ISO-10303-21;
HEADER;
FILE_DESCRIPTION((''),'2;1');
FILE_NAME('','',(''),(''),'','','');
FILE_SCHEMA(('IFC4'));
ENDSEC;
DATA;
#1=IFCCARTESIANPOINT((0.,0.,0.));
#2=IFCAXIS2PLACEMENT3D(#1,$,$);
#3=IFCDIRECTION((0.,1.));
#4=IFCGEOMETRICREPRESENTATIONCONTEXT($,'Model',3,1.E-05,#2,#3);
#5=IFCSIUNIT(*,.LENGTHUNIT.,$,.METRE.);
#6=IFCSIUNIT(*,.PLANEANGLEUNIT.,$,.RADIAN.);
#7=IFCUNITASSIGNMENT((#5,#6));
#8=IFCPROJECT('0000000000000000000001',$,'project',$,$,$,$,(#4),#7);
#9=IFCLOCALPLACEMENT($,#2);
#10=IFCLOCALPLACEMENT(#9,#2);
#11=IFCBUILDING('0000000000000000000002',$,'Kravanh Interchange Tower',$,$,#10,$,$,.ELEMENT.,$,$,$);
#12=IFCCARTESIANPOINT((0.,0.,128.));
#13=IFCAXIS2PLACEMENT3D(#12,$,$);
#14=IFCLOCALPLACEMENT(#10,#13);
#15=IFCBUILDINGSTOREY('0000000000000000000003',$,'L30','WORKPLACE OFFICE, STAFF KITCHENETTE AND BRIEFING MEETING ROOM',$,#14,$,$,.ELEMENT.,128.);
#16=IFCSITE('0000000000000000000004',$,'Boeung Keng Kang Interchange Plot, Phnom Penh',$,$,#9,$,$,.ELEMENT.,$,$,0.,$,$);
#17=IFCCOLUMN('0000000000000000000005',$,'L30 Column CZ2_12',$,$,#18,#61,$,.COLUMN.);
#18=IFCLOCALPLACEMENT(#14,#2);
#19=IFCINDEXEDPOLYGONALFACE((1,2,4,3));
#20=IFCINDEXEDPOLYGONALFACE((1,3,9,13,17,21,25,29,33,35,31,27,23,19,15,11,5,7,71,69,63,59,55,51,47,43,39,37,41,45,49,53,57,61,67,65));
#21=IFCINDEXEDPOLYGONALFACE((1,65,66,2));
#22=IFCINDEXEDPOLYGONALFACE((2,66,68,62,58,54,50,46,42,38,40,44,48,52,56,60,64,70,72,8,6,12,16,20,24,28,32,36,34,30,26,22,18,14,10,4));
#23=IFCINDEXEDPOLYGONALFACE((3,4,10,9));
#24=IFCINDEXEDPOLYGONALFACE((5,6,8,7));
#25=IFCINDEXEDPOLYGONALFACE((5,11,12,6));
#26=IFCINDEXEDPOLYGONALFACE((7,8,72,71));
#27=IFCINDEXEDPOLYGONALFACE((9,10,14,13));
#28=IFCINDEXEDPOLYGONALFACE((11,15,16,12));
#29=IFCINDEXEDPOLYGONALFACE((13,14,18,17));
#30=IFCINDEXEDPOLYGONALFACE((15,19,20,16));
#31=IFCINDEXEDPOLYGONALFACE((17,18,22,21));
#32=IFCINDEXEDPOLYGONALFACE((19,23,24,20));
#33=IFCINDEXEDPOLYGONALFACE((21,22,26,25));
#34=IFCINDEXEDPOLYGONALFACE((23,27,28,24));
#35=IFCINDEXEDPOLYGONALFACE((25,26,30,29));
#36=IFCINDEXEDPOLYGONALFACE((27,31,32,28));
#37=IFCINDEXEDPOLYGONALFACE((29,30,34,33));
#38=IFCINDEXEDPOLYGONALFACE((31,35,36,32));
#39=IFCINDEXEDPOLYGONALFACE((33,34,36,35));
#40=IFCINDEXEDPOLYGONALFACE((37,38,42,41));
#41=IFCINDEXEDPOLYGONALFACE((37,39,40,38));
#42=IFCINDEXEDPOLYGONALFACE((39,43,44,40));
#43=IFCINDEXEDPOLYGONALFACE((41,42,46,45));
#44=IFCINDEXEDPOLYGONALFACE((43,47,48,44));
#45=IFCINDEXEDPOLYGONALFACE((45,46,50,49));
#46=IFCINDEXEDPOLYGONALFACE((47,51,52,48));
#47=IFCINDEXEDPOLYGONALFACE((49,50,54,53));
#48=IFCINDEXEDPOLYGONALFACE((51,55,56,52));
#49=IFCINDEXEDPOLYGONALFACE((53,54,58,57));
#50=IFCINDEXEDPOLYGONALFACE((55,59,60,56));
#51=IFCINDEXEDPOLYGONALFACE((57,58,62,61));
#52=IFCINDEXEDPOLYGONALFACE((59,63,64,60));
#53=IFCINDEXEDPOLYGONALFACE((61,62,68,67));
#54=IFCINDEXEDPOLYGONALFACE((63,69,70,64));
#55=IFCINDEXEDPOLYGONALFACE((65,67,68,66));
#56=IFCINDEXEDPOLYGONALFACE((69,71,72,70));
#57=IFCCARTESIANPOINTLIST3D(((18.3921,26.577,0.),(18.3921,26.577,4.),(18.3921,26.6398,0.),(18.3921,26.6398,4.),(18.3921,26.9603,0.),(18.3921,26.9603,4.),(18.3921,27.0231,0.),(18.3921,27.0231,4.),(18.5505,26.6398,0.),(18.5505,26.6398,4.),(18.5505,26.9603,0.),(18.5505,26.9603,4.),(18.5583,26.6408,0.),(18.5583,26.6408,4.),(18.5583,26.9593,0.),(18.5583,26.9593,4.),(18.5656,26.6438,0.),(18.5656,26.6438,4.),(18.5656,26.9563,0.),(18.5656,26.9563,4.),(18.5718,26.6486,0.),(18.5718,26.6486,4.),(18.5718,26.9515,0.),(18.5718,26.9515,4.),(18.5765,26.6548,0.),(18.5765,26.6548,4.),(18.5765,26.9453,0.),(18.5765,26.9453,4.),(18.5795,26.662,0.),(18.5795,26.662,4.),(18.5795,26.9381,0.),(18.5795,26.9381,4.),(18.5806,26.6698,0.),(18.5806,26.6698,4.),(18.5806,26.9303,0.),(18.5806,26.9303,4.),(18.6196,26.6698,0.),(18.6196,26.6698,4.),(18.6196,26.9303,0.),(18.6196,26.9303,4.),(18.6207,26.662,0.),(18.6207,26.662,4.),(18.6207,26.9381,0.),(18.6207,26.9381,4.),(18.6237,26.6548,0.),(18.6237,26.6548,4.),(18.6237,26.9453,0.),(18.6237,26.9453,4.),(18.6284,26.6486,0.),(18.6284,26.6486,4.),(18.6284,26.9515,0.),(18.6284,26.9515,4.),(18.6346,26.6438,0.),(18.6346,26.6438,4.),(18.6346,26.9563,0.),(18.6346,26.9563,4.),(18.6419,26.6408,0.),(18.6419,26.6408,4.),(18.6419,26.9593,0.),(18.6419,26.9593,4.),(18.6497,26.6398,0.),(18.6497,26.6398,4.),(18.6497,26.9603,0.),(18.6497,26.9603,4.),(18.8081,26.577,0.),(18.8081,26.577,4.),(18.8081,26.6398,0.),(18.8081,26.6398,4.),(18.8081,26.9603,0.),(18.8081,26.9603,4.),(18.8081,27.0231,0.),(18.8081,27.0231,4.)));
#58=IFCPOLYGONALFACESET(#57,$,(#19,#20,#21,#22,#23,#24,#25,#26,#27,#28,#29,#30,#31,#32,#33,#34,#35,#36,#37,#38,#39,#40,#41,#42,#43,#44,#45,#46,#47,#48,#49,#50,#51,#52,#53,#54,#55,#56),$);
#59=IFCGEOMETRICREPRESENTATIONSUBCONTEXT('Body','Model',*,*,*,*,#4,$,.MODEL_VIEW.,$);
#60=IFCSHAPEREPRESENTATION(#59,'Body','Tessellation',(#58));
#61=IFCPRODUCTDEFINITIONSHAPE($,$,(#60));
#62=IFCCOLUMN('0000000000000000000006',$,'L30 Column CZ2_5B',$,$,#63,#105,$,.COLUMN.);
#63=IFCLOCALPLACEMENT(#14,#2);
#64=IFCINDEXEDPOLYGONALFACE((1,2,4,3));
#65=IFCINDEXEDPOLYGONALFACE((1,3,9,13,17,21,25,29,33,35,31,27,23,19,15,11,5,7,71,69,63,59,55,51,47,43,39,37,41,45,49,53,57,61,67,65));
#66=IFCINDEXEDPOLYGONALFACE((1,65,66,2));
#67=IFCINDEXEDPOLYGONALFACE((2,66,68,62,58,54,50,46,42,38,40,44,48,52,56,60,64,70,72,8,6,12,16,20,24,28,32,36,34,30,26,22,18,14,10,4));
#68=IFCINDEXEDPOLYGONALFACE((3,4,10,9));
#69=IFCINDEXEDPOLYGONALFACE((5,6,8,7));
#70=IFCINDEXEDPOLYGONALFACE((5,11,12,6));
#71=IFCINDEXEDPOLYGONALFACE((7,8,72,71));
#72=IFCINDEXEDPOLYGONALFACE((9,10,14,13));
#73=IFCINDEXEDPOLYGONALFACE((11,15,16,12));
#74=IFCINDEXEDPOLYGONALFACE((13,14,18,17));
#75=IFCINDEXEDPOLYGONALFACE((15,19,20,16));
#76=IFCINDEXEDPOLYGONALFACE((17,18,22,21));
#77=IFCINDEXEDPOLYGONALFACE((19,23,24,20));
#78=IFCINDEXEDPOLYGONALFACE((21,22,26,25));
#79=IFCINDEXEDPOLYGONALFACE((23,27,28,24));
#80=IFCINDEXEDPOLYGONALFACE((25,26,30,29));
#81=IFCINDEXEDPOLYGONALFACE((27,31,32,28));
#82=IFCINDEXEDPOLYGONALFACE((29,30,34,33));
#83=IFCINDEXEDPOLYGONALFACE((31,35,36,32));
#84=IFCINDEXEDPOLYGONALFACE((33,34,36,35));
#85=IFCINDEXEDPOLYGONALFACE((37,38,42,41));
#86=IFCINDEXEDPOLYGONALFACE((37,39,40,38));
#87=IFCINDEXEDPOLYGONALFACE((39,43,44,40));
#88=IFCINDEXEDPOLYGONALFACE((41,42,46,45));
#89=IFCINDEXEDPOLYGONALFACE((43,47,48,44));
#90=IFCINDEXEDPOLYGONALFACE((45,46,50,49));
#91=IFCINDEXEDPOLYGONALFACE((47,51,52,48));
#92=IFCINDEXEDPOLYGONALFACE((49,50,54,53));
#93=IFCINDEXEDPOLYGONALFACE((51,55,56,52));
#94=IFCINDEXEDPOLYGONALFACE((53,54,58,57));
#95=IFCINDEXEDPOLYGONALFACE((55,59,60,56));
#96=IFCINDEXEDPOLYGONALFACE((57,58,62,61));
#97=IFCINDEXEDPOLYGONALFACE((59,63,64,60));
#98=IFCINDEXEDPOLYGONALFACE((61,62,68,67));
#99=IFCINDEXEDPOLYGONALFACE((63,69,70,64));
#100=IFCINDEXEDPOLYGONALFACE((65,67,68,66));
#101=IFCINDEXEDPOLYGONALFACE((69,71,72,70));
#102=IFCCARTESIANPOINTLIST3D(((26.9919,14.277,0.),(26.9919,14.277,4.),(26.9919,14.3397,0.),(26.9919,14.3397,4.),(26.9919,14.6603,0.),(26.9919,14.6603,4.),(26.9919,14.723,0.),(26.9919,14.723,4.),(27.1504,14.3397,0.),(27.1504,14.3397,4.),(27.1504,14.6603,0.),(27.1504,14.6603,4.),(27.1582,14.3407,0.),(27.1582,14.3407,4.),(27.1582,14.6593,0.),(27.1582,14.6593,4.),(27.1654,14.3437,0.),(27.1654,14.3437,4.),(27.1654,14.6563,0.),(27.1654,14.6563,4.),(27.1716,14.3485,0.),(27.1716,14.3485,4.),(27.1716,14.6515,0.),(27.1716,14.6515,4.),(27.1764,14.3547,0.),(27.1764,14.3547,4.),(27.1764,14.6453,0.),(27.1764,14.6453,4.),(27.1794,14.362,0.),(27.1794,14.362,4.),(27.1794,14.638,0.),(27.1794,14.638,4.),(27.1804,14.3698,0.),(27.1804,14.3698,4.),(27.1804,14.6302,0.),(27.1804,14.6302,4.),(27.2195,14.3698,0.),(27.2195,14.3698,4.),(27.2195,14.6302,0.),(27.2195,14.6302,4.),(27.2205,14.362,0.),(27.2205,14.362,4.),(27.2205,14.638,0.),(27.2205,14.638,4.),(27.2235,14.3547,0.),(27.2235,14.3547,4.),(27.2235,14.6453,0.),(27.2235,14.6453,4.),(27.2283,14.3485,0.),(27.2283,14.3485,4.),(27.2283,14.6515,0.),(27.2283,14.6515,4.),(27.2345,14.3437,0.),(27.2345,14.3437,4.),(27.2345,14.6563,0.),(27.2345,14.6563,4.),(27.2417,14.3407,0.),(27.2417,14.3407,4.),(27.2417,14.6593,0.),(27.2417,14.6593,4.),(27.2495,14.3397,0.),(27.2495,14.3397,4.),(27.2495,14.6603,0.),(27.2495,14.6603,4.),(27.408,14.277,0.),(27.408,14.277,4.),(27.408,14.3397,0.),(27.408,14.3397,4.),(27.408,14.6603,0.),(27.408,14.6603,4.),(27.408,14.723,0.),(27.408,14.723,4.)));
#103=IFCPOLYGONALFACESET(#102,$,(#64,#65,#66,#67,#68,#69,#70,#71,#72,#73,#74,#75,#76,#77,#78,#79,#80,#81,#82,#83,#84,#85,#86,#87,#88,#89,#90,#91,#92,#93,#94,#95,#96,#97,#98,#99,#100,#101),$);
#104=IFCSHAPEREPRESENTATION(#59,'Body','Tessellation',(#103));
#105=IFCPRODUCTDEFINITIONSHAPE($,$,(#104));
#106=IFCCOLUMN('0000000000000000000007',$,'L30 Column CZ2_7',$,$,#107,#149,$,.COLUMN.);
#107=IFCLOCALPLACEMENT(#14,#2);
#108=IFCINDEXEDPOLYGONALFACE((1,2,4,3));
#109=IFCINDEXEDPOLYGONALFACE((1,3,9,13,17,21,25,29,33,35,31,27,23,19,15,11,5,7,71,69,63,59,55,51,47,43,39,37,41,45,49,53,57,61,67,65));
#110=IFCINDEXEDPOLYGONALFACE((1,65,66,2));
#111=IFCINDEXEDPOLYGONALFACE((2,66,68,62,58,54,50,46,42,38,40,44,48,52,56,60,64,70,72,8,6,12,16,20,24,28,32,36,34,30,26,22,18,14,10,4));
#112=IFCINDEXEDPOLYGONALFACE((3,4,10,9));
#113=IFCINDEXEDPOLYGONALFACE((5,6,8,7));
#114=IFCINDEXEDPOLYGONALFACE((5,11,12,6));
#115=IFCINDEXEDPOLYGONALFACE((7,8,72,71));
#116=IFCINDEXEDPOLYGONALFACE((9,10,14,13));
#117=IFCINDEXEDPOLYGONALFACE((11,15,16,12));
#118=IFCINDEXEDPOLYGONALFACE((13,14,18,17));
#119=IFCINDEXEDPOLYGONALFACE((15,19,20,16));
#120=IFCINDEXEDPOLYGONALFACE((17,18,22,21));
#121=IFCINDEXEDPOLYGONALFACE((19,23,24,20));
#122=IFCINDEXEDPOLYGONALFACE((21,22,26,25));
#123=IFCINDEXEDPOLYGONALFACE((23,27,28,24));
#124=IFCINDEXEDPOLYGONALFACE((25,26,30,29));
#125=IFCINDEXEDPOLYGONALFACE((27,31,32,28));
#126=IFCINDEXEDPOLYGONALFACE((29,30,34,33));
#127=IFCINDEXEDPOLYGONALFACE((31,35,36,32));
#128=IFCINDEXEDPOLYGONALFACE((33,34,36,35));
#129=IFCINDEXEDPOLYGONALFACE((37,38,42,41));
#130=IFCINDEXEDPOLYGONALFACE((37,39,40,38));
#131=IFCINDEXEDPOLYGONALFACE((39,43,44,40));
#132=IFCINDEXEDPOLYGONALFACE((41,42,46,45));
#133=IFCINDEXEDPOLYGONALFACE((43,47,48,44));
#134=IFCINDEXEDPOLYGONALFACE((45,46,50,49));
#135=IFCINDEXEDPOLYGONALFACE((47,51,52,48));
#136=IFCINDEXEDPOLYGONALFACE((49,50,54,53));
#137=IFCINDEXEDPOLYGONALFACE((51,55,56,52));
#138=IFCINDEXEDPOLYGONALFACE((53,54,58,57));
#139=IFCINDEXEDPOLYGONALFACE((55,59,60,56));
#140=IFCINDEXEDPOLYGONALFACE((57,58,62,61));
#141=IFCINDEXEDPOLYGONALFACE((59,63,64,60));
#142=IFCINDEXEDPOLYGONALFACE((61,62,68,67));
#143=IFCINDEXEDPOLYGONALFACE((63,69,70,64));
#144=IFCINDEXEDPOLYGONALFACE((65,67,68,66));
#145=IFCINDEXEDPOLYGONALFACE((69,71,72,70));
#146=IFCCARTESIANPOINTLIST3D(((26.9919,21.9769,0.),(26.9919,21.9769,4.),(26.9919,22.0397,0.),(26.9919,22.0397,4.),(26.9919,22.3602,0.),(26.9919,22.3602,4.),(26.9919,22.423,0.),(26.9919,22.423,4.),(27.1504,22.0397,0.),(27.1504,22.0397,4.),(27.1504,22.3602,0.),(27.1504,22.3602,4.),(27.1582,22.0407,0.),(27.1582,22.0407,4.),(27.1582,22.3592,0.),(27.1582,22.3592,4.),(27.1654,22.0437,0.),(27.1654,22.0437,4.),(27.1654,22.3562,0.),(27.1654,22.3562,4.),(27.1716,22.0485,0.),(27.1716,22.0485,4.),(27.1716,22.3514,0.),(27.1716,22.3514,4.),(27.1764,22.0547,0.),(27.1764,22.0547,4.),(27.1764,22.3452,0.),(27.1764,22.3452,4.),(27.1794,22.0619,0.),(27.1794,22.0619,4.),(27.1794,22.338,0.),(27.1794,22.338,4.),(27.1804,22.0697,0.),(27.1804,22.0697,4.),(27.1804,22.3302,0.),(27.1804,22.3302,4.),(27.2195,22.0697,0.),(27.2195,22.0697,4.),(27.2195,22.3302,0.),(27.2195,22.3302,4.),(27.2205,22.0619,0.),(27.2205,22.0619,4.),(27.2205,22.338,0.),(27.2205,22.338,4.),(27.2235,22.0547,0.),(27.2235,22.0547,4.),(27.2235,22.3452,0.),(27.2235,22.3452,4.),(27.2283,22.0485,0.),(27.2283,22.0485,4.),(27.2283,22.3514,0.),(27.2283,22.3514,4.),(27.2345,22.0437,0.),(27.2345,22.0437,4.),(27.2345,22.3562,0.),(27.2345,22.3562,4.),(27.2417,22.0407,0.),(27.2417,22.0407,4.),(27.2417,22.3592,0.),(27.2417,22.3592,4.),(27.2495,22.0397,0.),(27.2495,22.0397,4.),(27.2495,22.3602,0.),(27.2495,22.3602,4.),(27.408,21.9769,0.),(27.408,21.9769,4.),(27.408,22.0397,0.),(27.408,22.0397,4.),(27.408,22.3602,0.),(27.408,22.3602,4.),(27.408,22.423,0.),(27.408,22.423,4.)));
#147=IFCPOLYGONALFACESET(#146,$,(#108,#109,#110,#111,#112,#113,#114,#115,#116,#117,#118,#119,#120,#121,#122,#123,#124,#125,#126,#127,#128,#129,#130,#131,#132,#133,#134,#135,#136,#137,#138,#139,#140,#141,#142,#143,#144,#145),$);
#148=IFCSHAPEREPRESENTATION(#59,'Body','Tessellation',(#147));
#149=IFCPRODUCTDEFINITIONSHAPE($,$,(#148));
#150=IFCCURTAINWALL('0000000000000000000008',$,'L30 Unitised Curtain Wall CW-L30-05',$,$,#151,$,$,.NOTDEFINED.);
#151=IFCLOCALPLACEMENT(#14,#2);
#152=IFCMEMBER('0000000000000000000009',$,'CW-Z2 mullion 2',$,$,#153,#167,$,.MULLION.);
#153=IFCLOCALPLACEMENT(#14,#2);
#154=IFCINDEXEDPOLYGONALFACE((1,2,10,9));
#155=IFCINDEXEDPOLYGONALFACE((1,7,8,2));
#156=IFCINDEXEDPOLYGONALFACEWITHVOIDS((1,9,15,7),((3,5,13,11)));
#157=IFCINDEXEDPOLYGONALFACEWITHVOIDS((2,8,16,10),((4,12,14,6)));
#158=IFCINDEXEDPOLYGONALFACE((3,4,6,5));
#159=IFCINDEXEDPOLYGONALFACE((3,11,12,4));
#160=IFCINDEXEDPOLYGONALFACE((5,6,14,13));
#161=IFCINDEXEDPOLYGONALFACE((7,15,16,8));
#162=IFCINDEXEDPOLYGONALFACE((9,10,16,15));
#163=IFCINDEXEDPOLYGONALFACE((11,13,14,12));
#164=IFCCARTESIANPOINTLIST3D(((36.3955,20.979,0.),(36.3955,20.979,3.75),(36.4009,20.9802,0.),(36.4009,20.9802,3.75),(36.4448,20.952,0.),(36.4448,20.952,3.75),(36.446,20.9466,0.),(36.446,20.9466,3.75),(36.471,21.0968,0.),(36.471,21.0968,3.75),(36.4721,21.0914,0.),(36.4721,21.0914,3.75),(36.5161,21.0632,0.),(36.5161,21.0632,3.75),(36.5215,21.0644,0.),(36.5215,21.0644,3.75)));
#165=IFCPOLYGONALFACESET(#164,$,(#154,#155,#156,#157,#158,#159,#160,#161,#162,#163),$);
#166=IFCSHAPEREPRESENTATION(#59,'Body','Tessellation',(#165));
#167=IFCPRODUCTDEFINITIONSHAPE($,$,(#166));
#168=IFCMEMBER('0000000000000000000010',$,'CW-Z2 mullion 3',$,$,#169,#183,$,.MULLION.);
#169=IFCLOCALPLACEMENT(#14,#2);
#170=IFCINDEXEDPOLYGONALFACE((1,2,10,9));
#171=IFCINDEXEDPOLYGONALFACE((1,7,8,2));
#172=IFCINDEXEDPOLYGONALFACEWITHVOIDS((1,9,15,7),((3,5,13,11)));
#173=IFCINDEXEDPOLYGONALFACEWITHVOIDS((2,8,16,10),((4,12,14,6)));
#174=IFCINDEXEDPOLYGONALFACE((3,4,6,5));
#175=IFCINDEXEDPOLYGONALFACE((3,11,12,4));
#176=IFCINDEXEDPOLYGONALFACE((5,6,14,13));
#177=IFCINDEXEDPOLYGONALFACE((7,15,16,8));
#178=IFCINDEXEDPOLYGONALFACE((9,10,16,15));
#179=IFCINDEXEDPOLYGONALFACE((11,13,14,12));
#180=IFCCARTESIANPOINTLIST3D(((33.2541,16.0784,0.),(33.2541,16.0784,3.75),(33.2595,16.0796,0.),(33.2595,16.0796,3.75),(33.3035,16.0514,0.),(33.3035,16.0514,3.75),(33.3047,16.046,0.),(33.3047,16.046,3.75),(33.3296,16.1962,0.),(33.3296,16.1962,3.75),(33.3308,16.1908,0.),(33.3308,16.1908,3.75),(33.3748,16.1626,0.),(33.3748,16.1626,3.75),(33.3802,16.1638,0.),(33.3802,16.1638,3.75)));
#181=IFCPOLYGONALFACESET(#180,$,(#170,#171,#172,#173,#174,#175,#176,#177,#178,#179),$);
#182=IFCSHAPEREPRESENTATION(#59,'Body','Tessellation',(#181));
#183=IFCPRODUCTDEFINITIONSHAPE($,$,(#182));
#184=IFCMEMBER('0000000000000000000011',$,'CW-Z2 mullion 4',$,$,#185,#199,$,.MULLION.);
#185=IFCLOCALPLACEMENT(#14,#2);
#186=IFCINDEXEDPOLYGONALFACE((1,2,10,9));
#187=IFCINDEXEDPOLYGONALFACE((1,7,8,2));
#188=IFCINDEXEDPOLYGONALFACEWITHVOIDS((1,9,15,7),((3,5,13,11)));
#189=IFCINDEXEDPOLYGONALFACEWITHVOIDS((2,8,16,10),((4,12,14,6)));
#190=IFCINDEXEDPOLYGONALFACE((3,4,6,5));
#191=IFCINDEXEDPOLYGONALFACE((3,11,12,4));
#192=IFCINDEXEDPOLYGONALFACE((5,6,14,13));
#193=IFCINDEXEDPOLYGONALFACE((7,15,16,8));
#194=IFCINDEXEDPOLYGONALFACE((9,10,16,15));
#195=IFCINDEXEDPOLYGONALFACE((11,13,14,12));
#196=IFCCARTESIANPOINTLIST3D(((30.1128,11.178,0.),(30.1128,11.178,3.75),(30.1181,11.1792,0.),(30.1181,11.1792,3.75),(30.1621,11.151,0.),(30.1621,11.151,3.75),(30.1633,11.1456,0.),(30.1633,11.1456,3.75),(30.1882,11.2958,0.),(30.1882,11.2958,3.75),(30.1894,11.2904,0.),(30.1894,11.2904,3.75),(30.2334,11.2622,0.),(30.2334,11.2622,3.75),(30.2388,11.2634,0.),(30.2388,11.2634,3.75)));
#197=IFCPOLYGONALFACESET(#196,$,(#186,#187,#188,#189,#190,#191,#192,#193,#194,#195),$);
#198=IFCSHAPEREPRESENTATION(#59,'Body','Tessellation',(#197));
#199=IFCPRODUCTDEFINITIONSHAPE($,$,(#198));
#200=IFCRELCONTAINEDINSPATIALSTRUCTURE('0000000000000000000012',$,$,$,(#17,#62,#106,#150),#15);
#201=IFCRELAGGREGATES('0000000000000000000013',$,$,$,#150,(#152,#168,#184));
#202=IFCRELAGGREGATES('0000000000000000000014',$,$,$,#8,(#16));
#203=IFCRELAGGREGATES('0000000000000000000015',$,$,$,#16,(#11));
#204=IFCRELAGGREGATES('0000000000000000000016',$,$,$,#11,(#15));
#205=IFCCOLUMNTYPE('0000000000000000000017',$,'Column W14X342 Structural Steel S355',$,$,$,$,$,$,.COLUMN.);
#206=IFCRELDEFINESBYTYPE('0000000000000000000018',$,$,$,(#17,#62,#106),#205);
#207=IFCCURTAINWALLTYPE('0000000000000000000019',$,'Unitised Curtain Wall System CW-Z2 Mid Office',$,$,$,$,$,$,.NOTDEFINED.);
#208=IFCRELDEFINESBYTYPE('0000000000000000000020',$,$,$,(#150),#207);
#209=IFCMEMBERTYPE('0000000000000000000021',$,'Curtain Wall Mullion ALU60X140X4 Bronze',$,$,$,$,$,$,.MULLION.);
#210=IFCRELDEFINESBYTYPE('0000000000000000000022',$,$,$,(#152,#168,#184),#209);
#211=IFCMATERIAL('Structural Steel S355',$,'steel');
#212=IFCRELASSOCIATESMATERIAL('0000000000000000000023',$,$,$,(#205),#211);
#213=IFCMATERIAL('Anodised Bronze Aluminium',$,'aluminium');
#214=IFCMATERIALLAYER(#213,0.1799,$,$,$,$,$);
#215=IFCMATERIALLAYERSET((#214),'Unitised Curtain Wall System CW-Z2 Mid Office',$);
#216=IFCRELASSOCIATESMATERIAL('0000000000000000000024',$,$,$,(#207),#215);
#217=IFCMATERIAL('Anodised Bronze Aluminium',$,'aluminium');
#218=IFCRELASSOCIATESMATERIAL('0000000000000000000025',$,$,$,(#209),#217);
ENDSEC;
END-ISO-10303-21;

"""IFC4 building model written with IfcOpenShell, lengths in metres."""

from ifc_helpers import new_model, si_unit, direction, frame, origin, origin_2d, place, context, subcontext, project, spatial, hollow_rectangle, i_section, extrude, material, layer, layer_set, material_profile, profile_set, type_object, element, aggregate, save


model = new_model("IFC4")

# Units and contexts
model_context = context("Model", 3, precision=1e-05, world=origin(), true_north=direction((0.0, 1.0)))
body_context = subcontext(model_context, "Body", "Model", "MODEL_VIEW")
ifc_project = project(units=[si_unit("LENGTHUNIT", "METRE"), si_unit("PLANEANGLEUNIT", "RADIAN")], contexts=[model_context])

# Site, building, storey
site_placement = place(None, origin())
site = spatial("IfcSite", under=ifc_project, at=site_placement, Name="Boeung Keng Kang Interchange Plot, Phnom Penh", CompositionType="ELEMENT", RefElevation=0.0)
building_placement = place(site_placement, origin())
building = spatial("IfcBuilding", under=site, at=building_placement, Name="Kravanh Interchange Tower", CompositionType="ELEMENT")
storey_placement = place(building_placement, frame((0.0, 0.0, 128.0)))
storey = spatial("IfcBuildingStorey", under=building, at=storey_placement, Name="L30", Description="WORKPLACE OFFICE, STAFF KITCHENETTE AND BRIEFING MEETING ROOM", CompositionType="ELEMENT", Elevation=128.0)

# Columns
ifc_material_1 = material(Name="Structural Steel S355", Category="steel")
ifc_material_profile_1 = material_profile(ifc_material_1, i_section(OverallWidth=0.416, OverallDepth=0.446, WebThickness=0.0391, FlangeThickness=0.0627, FilletRadius=0.03, at=origin_2d()), Name="W14X342")
ifc_profile_set_1 = profile_set([ifc_material_profile_1], Name="Structural Steel S355")
column_type = type_object("IfcColumnType", Name="Column W14X342 Structural Steel S355", PredefinedType="COLUMN", material=ifc_profile_set_1)
for number, where, z_axis, x_axis, name in (
    (1, (18.6001, 26.8, 0.0), (0.0, 0.0, 1.0), (1.0, 0.0, 0.0), "L30 Column CZ2_12"),
    (2, (27.2, 14.5, 0.0), (0.0, 0.0, 1.0), (1.0, 0.0, 0.0), "L30 Column CZ2_5B"),
    (3, (27.2, 22.2, 0.0), (0.0, 0.0, 1.0), (1.0, 0.0, 0.0), "L30 Column CZ2_7"),
):
    element("IfcColumn", number, at=place(storey_placement, frame(where, z_axis=z_axis, x_axis=x_axis)), inside=storey, type_object=column_type, Name=name, PredefinedType="COLUMN", context=body_context, shape_type="SweptSolid", body=[
        extrude(i_section(OverallWidth=0.416, OverallDepth=0.446, WebThickness=0.0391, FlangeThickness=0.0627, FilletRadius=0.03, at=origin_2d()), origin(), (0.0, 0.0, 1.0), 4.0),
    ])

# Curtain wall, members
ifc_material_2 = material(Name="Anodised Bronze Aluminium", Category="aluminium")
ifc_layer_1 = layer(ifc_material_2, 0.1799)
ifc_layer_set_1 = layer_set([ifc_layer_1], Name="Unitised Curtain Wall System CW-Z2 Mid Office")
curtain_wall_type = type_object("IfcCurtainWallType", Name="Unitised Curtain Wall System CW-Z2 Mid Office", PredefinedType="NOTDEFINED", material=ifc_layer_set_1)
curtain_wall_placement = place(storey_placement, origin())
curtain_wall = element("IfcCurtainWall", 4, at=curtain_wall_placement, inside=storey, type_object=curtain_wall_type, Name="L30 Unitised Curtain Wall CW-L30-05", PredefinedType="NOTDEFINED")
ifc_material_3 = material(Name="Anodised Bronze Aluminium", Category="aluminium")
ifc_material_profile_2 = material_profile(ifc_material_3, hollow_rectangle(XDim=0.0601, YDim=0.1399, WallThickness=0.0039, at=origin_2d()), Name="ALU60X140X4")
ifc_profile_set_2 = profile_set([ifc_material_profile_2], Name="Anodised Bronze Aluminium")
member_type_1 = type_object("IfcMemberType", Name="Curtain Wall Mullion ALU60X140X4 Bronze", PredefinedType="MULLION", material=ifc_profile_set_2)
member_1_placement = place(storey_placement, frame((36.4585, 21.0217, 0.0), z_axis=(0.0, 0.0, 1.0), x_axis=(0.84188, -0.539665, 0.0)))
member_1 = element("IfcMember", 5, at=member_1_placement, type_object=member_type_1, Name="CW-Z2 mullion 2", PredefinedType="MULLION", context=body_context, shape_type="SweptSolid", body=[
    extrude(hollow_rectangle(XDim=0.0601, YDim=0.1399, WallThickness=0.0039, at=origin_2d()), origin(), (0.0, 0.0, 1.0), 3.75),
])
member_2_placement = place(storey_placement, frame((33.3171, 16.1211, 0.0), z_axis=(0.0, 0.0, 1.0), x_axis=(0.84188, -0.539665, 0.0)))
member_2 = element("IfcMember", 6, at=member_2_placement, type_object=member_type_1, Name="CW-Z2 mullion 3", PredefinedType="MULLION", context=body_context, shape_type="SweptSolid", body=[
    extrude(hollow_rectangle(XDim=0.0601, YDim=0.1399, WallThickness=0.0039, at=origin_2d()), origin(), (0.0, 0.0, 1.0), 3.75),
])
member_3_placement = place(storey_placement, frame((30.1758, 11.2207, 0.0), z_axis=(0.0, 0.0, 1.0), x_axis=(0.84188, -0.539665, 0.0)))
member_3 = element("IfcMember", 7, at=member_3_placement, type_object=member_type_1, Name="CW-Z2 mullion 4", PredefinedType="MULLION", context=body_context, shape_type="SweptSolid", body=[
    extrude(hollow_rectangle(XDim=0.0601, YDim=0.1399, WallThickness=0.0039, at=origin_2d()), origin(), (0.0, 0.0, 1.0), 3.75),
])

aggregate(curtain_wall, [member_1, member_2, member_3])

save(model, "model.ifc")
